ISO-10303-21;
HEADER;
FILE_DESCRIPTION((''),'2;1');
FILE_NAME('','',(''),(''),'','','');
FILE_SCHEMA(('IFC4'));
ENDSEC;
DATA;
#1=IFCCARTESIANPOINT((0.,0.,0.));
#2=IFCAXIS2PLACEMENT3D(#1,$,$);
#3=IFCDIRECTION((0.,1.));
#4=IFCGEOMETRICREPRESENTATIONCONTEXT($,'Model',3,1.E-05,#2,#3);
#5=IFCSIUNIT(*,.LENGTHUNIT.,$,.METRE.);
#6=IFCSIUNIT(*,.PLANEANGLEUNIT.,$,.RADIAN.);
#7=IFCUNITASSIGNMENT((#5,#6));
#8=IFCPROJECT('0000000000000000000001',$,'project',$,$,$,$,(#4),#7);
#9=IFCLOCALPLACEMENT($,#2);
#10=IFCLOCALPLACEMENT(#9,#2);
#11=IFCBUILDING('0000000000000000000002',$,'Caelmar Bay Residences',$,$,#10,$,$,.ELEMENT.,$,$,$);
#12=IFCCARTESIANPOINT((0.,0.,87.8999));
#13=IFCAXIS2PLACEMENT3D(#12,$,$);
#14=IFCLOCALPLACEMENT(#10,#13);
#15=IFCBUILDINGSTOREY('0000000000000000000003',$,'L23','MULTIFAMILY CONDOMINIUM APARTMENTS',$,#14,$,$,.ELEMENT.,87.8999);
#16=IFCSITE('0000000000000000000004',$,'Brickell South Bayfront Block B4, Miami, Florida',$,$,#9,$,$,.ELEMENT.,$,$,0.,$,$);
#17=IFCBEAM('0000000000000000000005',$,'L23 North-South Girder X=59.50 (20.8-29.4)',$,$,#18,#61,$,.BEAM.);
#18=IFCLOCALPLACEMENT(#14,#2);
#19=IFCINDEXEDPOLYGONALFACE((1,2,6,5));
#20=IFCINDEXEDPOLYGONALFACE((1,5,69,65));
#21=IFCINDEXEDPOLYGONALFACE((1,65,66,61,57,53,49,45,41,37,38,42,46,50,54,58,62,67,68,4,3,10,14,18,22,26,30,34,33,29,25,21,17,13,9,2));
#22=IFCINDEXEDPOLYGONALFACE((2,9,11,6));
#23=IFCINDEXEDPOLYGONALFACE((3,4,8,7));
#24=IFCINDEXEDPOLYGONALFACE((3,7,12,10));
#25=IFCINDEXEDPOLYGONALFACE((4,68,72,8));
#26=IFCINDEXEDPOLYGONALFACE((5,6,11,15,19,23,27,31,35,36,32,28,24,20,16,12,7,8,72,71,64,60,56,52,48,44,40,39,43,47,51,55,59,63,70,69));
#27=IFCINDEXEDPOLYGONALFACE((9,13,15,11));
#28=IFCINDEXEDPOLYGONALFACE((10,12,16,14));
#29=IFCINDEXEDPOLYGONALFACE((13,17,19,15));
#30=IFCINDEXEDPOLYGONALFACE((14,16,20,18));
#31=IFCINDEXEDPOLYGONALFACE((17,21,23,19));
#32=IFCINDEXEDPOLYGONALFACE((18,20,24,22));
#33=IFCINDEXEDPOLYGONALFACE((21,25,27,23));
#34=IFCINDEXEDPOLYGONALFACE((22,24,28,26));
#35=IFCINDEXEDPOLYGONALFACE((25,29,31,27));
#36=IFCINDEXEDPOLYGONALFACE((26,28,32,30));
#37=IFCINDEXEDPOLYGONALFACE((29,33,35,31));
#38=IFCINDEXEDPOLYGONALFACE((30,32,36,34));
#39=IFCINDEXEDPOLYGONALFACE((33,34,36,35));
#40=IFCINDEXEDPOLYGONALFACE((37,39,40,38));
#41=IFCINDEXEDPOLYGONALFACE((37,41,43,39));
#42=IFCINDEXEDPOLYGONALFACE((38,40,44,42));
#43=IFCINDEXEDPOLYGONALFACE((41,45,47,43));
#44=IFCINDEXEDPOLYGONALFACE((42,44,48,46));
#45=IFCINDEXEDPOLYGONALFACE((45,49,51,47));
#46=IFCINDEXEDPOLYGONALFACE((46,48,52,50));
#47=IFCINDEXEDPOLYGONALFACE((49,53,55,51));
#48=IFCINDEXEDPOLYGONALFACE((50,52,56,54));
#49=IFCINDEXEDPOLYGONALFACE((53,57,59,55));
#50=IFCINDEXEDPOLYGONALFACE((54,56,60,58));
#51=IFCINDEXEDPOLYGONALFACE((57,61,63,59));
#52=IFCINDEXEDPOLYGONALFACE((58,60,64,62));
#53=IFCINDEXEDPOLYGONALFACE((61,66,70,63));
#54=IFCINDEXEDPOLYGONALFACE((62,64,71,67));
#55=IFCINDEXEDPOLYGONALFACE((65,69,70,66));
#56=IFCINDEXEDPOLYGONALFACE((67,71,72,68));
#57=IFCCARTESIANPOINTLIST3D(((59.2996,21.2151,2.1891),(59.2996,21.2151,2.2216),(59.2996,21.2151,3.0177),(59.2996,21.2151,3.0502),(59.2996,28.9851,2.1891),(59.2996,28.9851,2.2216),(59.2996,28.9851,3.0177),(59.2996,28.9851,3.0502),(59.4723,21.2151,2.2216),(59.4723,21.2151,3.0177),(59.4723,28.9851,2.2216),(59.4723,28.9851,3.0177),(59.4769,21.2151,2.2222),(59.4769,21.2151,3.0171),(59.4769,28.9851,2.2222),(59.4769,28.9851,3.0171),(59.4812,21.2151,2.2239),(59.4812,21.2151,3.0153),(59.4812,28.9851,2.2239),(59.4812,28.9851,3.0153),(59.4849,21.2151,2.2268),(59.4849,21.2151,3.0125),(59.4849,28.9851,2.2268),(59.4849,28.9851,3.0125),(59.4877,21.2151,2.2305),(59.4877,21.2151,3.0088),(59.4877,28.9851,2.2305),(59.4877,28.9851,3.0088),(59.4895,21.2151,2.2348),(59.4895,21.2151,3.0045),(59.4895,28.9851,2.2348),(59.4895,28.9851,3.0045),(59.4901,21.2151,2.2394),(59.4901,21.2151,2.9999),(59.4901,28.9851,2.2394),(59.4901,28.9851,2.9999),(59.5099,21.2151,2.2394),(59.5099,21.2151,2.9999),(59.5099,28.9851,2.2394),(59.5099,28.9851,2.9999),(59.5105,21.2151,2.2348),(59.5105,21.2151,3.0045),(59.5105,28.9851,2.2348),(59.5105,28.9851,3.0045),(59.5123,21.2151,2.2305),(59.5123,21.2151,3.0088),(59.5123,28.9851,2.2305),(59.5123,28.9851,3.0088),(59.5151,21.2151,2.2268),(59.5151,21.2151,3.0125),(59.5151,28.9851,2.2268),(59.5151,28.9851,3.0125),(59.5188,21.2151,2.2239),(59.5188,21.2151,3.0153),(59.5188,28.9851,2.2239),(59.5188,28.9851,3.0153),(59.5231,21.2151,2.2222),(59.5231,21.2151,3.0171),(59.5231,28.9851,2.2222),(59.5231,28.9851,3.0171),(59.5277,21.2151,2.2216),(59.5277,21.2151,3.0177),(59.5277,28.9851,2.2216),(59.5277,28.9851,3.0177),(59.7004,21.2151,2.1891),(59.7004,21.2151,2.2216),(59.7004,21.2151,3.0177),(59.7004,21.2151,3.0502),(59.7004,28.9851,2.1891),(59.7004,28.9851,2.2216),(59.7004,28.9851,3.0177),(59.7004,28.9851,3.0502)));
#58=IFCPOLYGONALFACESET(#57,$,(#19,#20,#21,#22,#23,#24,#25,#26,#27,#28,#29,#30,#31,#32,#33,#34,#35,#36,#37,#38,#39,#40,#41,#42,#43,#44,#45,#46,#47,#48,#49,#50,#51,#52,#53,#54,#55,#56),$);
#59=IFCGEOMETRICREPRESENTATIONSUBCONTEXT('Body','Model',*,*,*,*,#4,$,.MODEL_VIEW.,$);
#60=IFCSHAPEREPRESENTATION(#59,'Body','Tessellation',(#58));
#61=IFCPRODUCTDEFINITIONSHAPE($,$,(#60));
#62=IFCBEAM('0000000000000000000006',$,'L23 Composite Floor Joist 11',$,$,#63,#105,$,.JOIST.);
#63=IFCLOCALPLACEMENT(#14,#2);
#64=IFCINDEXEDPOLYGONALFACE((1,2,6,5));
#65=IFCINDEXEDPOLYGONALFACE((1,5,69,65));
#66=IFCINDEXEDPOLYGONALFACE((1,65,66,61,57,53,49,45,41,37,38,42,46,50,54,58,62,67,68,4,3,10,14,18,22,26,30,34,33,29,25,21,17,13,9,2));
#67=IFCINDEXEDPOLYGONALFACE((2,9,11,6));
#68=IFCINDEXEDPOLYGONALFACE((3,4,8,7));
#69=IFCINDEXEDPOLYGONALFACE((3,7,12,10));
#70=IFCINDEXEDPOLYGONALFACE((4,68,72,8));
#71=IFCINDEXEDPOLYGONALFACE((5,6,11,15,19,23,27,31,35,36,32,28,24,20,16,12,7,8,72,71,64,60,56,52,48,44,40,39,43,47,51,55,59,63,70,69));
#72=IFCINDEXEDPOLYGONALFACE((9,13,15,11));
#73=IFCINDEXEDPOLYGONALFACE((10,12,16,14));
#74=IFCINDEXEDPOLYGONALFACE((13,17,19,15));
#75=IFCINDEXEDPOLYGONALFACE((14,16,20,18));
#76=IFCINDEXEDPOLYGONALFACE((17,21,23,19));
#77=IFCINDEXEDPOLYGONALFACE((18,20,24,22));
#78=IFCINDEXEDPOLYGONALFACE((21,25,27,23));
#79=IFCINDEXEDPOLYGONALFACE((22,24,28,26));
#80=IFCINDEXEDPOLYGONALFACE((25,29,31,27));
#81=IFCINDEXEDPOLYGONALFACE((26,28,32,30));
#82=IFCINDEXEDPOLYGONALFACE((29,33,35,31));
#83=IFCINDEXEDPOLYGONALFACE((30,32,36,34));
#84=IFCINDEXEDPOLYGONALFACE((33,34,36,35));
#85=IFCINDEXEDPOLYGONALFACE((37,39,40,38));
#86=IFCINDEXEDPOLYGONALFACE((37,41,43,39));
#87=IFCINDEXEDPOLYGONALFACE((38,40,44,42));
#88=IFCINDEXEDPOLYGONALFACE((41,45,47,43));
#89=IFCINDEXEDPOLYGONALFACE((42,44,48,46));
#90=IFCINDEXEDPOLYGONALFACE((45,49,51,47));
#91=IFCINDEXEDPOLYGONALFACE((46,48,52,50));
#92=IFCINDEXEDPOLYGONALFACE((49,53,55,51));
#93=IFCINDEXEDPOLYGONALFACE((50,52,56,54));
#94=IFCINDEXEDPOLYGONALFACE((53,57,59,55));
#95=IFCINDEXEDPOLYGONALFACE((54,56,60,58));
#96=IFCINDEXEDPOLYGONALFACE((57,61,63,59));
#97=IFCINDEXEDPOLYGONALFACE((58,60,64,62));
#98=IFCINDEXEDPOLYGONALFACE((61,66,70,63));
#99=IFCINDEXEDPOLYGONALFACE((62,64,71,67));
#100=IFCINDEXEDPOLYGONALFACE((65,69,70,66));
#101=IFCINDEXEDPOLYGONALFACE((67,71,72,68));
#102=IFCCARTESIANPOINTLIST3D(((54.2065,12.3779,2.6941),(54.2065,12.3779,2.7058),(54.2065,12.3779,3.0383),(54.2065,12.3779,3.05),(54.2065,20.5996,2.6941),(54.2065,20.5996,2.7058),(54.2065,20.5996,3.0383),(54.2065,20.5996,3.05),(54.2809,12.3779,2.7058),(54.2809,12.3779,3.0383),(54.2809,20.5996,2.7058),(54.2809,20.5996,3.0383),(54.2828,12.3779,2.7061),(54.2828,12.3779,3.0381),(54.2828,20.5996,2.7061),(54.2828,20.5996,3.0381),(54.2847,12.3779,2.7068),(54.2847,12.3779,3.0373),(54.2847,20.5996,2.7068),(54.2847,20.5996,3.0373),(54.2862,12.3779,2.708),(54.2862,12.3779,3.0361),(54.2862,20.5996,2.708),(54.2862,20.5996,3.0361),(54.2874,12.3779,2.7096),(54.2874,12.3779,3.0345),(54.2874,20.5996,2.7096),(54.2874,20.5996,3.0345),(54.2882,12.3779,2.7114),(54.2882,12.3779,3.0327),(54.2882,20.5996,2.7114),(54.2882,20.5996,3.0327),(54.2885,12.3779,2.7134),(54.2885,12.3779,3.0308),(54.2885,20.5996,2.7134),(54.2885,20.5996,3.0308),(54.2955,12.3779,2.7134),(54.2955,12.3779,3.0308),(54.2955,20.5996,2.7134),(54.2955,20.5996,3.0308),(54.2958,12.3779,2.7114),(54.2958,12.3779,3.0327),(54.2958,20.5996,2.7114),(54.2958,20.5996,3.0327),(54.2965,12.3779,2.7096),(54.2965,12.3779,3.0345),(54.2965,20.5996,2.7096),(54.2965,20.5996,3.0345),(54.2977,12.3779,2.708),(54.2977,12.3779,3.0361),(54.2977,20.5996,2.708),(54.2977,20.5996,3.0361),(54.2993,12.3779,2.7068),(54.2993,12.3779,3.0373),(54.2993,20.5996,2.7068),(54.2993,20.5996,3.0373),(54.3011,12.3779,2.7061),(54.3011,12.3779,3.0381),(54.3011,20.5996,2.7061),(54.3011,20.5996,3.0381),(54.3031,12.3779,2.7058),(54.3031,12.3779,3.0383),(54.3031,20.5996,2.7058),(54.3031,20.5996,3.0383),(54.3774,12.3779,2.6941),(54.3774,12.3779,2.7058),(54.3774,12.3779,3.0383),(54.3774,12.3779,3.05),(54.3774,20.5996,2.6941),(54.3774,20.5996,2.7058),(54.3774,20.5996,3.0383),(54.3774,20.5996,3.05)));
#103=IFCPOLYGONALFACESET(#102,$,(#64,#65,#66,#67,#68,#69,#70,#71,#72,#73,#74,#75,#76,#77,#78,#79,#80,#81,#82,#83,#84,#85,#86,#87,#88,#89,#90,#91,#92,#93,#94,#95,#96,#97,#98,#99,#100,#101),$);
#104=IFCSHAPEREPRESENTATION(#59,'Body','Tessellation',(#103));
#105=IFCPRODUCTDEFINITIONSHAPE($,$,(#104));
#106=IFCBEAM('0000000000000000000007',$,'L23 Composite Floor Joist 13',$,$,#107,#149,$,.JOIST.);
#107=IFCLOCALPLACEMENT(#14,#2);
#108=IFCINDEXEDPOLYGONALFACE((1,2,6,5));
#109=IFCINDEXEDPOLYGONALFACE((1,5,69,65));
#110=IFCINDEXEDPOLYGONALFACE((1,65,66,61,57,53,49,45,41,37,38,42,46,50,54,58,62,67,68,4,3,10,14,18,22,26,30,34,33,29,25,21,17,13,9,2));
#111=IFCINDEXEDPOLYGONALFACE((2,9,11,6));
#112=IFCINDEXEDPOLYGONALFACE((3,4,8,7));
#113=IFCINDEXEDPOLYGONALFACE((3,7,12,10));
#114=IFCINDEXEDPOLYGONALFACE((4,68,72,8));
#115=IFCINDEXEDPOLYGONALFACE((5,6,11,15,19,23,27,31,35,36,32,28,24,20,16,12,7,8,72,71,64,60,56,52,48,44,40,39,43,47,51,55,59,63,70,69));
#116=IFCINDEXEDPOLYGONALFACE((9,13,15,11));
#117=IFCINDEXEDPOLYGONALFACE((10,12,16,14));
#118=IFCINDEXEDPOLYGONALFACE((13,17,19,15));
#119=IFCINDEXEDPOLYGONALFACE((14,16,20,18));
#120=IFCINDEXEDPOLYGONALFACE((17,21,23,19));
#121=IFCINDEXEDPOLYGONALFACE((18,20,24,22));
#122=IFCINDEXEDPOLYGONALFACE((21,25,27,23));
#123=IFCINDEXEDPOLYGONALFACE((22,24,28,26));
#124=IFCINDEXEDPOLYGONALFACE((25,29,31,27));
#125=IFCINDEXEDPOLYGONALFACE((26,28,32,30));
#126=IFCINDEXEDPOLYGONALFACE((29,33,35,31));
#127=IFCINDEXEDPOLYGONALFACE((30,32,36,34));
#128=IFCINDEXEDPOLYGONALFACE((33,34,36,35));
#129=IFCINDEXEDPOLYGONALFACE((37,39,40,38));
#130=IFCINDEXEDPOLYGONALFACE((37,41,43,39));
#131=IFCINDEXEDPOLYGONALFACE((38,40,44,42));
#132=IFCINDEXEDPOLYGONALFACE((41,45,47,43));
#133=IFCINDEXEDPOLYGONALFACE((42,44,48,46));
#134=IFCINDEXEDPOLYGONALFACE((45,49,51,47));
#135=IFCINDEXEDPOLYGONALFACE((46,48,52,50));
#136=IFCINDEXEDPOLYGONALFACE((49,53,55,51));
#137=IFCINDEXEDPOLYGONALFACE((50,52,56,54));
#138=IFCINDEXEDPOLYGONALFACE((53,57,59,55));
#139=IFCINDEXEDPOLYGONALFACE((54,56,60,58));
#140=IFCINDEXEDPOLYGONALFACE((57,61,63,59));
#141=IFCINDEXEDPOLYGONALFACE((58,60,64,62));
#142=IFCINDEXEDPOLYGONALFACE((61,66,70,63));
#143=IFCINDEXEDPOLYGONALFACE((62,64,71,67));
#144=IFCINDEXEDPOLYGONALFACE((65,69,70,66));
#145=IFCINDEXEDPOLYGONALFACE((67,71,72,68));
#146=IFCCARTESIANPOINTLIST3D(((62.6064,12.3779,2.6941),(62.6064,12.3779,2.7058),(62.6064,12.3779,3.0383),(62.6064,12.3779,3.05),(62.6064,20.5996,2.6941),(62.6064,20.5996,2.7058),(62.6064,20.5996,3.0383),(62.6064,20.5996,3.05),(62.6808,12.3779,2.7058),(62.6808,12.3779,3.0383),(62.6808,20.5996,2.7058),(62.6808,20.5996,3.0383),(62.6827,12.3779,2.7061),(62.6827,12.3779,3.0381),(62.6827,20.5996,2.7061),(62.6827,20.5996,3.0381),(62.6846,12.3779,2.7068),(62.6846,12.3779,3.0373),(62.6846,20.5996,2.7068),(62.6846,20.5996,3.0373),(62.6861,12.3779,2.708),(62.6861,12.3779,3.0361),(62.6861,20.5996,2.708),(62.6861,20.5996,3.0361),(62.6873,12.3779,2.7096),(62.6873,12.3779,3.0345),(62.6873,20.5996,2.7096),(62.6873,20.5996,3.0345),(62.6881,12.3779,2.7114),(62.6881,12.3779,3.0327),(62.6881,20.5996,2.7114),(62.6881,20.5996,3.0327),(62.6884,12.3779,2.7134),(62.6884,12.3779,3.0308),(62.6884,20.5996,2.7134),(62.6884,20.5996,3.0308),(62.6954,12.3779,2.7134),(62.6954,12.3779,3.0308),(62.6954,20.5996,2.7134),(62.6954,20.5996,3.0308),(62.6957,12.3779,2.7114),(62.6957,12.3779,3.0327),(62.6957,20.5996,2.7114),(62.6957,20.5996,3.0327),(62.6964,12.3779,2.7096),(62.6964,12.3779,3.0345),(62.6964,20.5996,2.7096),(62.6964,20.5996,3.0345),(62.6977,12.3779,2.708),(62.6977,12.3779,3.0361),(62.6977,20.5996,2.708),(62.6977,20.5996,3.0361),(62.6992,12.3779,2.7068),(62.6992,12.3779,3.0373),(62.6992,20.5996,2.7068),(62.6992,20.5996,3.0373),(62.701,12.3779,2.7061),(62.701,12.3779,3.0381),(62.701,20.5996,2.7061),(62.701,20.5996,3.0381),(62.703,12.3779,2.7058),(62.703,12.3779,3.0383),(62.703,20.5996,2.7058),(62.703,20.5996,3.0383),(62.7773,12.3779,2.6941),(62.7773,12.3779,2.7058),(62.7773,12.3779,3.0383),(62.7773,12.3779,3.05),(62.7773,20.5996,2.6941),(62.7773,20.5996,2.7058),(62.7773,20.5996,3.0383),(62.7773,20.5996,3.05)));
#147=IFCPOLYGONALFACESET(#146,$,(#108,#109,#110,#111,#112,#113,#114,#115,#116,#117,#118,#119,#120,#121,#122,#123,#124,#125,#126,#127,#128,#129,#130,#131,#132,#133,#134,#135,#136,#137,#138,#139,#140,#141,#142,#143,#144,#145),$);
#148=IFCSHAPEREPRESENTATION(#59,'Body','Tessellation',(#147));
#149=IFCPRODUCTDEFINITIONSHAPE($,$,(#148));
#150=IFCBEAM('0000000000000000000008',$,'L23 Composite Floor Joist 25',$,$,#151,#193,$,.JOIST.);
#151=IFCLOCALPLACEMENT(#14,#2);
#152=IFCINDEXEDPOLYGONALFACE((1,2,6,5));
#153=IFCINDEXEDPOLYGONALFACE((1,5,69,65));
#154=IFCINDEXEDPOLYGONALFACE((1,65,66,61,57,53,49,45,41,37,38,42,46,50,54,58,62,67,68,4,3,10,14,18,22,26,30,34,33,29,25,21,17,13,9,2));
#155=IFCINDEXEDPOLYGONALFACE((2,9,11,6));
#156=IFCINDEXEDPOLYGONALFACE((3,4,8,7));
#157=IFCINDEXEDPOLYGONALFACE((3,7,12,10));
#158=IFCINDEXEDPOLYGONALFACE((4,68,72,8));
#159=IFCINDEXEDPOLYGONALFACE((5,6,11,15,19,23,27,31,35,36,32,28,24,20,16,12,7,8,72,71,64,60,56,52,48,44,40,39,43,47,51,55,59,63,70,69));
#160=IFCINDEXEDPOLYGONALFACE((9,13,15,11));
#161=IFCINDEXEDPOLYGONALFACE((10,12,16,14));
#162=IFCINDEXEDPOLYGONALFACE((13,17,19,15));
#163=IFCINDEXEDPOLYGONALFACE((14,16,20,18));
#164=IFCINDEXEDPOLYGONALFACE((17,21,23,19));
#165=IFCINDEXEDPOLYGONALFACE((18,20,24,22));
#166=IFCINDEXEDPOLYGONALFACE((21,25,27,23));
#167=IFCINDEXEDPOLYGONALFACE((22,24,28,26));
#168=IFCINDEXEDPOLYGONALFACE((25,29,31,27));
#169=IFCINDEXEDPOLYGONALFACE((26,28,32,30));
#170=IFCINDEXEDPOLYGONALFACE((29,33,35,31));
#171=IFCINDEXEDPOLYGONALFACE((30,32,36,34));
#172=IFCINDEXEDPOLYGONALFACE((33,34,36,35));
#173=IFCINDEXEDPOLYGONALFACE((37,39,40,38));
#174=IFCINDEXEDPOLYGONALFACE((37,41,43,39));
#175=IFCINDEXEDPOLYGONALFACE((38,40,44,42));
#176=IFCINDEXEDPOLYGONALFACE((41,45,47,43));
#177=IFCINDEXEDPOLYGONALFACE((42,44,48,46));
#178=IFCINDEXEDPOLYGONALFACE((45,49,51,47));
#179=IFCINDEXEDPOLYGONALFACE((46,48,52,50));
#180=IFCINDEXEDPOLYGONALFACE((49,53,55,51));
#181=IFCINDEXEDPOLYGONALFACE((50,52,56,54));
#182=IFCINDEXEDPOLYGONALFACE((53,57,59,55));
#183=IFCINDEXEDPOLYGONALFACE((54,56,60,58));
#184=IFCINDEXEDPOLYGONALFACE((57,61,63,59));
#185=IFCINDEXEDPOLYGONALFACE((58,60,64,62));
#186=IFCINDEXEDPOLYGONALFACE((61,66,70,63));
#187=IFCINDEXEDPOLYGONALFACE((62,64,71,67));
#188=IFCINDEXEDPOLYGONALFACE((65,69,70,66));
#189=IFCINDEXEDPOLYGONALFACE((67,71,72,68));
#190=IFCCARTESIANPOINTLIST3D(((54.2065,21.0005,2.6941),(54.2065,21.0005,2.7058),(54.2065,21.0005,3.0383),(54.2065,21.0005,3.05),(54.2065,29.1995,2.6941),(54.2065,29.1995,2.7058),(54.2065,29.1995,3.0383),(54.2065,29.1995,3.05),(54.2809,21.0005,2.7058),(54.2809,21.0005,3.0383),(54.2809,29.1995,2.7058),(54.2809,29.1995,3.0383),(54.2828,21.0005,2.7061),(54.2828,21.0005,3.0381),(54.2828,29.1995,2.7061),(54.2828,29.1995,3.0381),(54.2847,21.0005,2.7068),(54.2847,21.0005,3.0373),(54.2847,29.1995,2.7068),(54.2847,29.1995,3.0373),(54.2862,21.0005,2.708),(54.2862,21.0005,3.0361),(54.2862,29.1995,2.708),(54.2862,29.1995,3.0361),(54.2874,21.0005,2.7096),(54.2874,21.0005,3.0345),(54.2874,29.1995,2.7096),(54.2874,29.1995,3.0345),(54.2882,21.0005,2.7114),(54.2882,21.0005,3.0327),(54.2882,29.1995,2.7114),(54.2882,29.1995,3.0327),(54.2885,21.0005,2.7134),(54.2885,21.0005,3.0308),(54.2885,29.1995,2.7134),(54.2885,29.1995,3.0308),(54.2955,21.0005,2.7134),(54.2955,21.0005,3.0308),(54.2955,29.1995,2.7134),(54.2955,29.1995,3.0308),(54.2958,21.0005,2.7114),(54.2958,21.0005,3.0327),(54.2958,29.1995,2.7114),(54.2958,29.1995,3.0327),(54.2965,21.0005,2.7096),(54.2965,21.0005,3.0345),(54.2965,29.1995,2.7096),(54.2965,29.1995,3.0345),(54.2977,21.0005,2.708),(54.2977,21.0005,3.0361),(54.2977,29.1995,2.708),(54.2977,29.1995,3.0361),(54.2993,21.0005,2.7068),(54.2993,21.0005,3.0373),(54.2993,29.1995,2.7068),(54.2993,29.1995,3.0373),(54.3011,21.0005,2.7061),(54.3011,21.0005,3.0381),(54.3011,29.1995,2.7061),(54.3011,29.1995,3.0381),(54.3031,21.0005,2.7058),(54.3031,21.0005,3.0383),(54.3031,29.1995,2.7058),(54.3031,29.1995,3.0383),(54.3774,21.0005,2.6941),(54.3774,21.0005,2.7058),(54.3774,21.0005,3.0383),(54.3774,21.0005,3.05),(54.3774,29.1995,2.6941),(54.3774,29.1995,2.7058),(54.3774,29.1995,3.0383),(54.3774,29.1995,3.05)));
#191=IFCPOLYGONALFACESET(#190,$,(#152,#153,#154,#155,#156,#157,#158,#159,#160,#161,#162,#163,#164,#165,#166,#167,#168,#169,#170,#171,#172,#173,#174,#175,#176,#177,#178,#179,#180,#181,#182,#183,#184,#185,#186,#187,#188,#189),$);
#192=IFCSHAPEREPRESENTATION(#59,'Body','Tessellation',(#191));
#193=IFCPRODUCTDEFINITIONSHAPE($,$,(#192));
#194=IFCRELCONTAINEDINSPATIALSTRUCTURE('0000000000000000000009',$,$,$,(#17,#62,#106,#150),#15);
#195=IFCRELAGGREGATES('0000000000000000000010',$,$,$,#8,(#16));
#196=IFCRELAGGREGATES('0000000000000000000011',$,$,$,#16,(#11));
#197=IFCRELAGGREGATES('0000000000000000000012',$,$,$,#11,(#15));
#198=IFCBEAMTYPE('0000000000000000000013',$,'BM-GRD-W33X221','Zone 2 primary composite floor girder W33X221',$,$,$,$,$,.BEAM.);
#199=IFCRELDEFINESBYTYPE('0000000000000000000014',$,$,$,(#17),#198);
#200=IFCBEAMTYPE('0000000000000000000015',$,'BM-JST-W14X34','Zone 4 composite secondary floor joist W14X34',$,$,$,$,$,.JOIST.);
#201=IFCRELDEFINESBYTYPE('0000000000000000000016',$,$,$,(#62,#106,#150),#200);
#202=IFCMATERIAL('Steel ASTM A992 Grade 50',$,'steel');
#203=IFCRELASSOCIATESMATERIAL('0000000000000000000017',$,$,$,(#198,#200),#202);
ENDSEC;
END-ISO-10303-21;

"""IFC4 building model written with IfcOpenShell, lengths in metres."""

from ifc_helpers import new_model, si_unit, direction, frame, origin, origin_2d, place, context, subcontext, project, spatial, i_section, extrude, material, material_profile, profile_set, type_object, element, save


model = new_model("IFC4")

# Units and contexts
model_context = context("Model", 3, precision=1e-05, world=origin(), true_north=direction((0.0, 1.0)))
body_context = subcontext(model_context, "Body", "Model", "MODEL_VIEW")
ifc_project = project(units=[si_unit("LENGTHUNIT", "METRE"), si_unit("PLANEANGLEUNIT", "RADIAN")], contexts=[model_context])

# Site, building, storey
site_placement = place(None, origin())
site = spatial("IfcSite", under=ifc_project, at=site_placement, Name="Brickell South Bayfront Block B4, Miami, Florida", CompositionType="ELEMENT", RefElevation=0.0)
building_placement = place(site_placement, origin())
building = spatial("IfcBuilding", under=site, at=building_placement, Name="Caelmar Bay Residences", CompositionType="ELEMENT")
storey_placement = place(building_placement, frame((0.0, 0.0, 87.8999)))
storey = spatial("IfcBuildingStorey", under=building, at=storey_placement, Name="L23", Description="MULTIFAMILY CONDOMINIUM APARTMENTS", CompositionType="ELEMENT", Elevation=87.8999)

# Beams
ifc_material_1 = material(Name="Steel ASTM A992 Grade 50", Category="steel")
ifc_material_profile_1 = material_profile(ifc_material_1, i_section(OverallWidth=0.4009, OverallDepth=0.8611, WebThickness=0.0198, FlangeThickness=0.0325, FilletRadius=0.0178, at=origin_2d()), Name="W33X221")
ifc_profile_set_1 = profile_set([ifc_material_profile_1], Name="Steel ASTM A992 Grade 50")
beam_type_1 = type_object("IfcBeamType", Name="BM-GRD-W33X221", Description="Zone 2 primary composite floor girder W33X221", PredefinedType="BEAM", material=ifc_profile_set_1)
for number, where, z_axis, x_axis, name in (
    (1, (59.5, 21.2151, 2.6196), (0.0, 1.0, 0.0), (-1.0, 0.0, 0.0), "L23 North-South Girder X=59.50 (20.8-29.4)"),
):
    element("IfcBeam", number, at=place(storey_placement, frame(where, z_axis=z_axis, x_axis=x_axis)), inside=storey, type_object=beam_type_1, Name=name, PredefinedType="BEAM", context=body_context, shape_type="SweptSolid", body=[
        extrude(i_section(OverallWidth=0.4009, OverallDepth=0.8611, WebThickness=0.0198, FlangeThickness=0.0325, FilletRadius=0.0178, at=origin_2d()), origin(), (0.0, 0.0, 1.0), 7.77),
    ])
ifc_material_profile_2 = material_profile(ifc_material_1, i_section(OverallWidth=0.1709, OverallDepth=0.356, WebThickness=0.0071, FlangeThickness=0.0117, FilletRadius=0.0076, at=origin_2d()), Name="W14X34")
ifc_profile_set_2 = profile_set([ifc_material_profile_2], Name="Steel ASTM A992 Grade 50")
beam_type_2 = type_object("IfcBeamType", Name="BM-JST-W14X34", Description="Zone 4 composite secondary floor joist W14X34", PredefinedType="JOIST", material=ifc_profile_set_2)
for number, where, z_axis, x_axis, name in (
    (2, (54.292, 12.3779, 2.8721), (0.0, 1.0, 0.0), (-1.0, 0.0, 0.0), "L23 Composite Floor Joist 11"),
    (3, (62.6919, 12.3779, 2.8721), (0.0, 1.0, 0.0), (-1.0, 0.0, 0.0), "L23 Composite Floor Joist 13"),
):
    element("IfcBeam", number, at=place(storey_placement, frame(where, z_axis=z_axis, x_axis=x_axis)), inside=storey, type_object=beam_type_2, Name=name, PredefinedType="JOIST", context=body_context, shape_type="SweptSolid", body=[
        extrude(i_section(OverallWidth=0.1709, OverallDepth=0.356, WebThickness=0.0071, FlangeThickness=0.0117, FilletRadius=0.0076, at=origin_2d()), origin(), (0.0, 0.0, 1.0), 8.2217),
    ])
for number, where, z_axis, x_axis, name in (
    (4, (54.292, 21.0005, 2.8721), (0.0, 1.0, 0.0), (-1.0, 0.0, 0.0), "L23 Composite Floor Joist 25"),
):
    element("IfcBeam", number, at=place(storey_placement, frame(where, z_axis=z_axis, x_axis=x_axis)), inside=storey, type_object=beam_type_2, Name=name, PredefinedType="JOIST", context=body_context, shape_type="SweptSolid", body=[
        extrude(i_section(OverallWidth=0.1709, OverallDepth=0.356, WebThickness=0.0071, FlangeThickness=0.0117, FilletRadius=0.0076, at=origin_2d()), origin(), (0.0, 0.0, 1.0), 8.199),
    ])

save(model, "model.ifc")
